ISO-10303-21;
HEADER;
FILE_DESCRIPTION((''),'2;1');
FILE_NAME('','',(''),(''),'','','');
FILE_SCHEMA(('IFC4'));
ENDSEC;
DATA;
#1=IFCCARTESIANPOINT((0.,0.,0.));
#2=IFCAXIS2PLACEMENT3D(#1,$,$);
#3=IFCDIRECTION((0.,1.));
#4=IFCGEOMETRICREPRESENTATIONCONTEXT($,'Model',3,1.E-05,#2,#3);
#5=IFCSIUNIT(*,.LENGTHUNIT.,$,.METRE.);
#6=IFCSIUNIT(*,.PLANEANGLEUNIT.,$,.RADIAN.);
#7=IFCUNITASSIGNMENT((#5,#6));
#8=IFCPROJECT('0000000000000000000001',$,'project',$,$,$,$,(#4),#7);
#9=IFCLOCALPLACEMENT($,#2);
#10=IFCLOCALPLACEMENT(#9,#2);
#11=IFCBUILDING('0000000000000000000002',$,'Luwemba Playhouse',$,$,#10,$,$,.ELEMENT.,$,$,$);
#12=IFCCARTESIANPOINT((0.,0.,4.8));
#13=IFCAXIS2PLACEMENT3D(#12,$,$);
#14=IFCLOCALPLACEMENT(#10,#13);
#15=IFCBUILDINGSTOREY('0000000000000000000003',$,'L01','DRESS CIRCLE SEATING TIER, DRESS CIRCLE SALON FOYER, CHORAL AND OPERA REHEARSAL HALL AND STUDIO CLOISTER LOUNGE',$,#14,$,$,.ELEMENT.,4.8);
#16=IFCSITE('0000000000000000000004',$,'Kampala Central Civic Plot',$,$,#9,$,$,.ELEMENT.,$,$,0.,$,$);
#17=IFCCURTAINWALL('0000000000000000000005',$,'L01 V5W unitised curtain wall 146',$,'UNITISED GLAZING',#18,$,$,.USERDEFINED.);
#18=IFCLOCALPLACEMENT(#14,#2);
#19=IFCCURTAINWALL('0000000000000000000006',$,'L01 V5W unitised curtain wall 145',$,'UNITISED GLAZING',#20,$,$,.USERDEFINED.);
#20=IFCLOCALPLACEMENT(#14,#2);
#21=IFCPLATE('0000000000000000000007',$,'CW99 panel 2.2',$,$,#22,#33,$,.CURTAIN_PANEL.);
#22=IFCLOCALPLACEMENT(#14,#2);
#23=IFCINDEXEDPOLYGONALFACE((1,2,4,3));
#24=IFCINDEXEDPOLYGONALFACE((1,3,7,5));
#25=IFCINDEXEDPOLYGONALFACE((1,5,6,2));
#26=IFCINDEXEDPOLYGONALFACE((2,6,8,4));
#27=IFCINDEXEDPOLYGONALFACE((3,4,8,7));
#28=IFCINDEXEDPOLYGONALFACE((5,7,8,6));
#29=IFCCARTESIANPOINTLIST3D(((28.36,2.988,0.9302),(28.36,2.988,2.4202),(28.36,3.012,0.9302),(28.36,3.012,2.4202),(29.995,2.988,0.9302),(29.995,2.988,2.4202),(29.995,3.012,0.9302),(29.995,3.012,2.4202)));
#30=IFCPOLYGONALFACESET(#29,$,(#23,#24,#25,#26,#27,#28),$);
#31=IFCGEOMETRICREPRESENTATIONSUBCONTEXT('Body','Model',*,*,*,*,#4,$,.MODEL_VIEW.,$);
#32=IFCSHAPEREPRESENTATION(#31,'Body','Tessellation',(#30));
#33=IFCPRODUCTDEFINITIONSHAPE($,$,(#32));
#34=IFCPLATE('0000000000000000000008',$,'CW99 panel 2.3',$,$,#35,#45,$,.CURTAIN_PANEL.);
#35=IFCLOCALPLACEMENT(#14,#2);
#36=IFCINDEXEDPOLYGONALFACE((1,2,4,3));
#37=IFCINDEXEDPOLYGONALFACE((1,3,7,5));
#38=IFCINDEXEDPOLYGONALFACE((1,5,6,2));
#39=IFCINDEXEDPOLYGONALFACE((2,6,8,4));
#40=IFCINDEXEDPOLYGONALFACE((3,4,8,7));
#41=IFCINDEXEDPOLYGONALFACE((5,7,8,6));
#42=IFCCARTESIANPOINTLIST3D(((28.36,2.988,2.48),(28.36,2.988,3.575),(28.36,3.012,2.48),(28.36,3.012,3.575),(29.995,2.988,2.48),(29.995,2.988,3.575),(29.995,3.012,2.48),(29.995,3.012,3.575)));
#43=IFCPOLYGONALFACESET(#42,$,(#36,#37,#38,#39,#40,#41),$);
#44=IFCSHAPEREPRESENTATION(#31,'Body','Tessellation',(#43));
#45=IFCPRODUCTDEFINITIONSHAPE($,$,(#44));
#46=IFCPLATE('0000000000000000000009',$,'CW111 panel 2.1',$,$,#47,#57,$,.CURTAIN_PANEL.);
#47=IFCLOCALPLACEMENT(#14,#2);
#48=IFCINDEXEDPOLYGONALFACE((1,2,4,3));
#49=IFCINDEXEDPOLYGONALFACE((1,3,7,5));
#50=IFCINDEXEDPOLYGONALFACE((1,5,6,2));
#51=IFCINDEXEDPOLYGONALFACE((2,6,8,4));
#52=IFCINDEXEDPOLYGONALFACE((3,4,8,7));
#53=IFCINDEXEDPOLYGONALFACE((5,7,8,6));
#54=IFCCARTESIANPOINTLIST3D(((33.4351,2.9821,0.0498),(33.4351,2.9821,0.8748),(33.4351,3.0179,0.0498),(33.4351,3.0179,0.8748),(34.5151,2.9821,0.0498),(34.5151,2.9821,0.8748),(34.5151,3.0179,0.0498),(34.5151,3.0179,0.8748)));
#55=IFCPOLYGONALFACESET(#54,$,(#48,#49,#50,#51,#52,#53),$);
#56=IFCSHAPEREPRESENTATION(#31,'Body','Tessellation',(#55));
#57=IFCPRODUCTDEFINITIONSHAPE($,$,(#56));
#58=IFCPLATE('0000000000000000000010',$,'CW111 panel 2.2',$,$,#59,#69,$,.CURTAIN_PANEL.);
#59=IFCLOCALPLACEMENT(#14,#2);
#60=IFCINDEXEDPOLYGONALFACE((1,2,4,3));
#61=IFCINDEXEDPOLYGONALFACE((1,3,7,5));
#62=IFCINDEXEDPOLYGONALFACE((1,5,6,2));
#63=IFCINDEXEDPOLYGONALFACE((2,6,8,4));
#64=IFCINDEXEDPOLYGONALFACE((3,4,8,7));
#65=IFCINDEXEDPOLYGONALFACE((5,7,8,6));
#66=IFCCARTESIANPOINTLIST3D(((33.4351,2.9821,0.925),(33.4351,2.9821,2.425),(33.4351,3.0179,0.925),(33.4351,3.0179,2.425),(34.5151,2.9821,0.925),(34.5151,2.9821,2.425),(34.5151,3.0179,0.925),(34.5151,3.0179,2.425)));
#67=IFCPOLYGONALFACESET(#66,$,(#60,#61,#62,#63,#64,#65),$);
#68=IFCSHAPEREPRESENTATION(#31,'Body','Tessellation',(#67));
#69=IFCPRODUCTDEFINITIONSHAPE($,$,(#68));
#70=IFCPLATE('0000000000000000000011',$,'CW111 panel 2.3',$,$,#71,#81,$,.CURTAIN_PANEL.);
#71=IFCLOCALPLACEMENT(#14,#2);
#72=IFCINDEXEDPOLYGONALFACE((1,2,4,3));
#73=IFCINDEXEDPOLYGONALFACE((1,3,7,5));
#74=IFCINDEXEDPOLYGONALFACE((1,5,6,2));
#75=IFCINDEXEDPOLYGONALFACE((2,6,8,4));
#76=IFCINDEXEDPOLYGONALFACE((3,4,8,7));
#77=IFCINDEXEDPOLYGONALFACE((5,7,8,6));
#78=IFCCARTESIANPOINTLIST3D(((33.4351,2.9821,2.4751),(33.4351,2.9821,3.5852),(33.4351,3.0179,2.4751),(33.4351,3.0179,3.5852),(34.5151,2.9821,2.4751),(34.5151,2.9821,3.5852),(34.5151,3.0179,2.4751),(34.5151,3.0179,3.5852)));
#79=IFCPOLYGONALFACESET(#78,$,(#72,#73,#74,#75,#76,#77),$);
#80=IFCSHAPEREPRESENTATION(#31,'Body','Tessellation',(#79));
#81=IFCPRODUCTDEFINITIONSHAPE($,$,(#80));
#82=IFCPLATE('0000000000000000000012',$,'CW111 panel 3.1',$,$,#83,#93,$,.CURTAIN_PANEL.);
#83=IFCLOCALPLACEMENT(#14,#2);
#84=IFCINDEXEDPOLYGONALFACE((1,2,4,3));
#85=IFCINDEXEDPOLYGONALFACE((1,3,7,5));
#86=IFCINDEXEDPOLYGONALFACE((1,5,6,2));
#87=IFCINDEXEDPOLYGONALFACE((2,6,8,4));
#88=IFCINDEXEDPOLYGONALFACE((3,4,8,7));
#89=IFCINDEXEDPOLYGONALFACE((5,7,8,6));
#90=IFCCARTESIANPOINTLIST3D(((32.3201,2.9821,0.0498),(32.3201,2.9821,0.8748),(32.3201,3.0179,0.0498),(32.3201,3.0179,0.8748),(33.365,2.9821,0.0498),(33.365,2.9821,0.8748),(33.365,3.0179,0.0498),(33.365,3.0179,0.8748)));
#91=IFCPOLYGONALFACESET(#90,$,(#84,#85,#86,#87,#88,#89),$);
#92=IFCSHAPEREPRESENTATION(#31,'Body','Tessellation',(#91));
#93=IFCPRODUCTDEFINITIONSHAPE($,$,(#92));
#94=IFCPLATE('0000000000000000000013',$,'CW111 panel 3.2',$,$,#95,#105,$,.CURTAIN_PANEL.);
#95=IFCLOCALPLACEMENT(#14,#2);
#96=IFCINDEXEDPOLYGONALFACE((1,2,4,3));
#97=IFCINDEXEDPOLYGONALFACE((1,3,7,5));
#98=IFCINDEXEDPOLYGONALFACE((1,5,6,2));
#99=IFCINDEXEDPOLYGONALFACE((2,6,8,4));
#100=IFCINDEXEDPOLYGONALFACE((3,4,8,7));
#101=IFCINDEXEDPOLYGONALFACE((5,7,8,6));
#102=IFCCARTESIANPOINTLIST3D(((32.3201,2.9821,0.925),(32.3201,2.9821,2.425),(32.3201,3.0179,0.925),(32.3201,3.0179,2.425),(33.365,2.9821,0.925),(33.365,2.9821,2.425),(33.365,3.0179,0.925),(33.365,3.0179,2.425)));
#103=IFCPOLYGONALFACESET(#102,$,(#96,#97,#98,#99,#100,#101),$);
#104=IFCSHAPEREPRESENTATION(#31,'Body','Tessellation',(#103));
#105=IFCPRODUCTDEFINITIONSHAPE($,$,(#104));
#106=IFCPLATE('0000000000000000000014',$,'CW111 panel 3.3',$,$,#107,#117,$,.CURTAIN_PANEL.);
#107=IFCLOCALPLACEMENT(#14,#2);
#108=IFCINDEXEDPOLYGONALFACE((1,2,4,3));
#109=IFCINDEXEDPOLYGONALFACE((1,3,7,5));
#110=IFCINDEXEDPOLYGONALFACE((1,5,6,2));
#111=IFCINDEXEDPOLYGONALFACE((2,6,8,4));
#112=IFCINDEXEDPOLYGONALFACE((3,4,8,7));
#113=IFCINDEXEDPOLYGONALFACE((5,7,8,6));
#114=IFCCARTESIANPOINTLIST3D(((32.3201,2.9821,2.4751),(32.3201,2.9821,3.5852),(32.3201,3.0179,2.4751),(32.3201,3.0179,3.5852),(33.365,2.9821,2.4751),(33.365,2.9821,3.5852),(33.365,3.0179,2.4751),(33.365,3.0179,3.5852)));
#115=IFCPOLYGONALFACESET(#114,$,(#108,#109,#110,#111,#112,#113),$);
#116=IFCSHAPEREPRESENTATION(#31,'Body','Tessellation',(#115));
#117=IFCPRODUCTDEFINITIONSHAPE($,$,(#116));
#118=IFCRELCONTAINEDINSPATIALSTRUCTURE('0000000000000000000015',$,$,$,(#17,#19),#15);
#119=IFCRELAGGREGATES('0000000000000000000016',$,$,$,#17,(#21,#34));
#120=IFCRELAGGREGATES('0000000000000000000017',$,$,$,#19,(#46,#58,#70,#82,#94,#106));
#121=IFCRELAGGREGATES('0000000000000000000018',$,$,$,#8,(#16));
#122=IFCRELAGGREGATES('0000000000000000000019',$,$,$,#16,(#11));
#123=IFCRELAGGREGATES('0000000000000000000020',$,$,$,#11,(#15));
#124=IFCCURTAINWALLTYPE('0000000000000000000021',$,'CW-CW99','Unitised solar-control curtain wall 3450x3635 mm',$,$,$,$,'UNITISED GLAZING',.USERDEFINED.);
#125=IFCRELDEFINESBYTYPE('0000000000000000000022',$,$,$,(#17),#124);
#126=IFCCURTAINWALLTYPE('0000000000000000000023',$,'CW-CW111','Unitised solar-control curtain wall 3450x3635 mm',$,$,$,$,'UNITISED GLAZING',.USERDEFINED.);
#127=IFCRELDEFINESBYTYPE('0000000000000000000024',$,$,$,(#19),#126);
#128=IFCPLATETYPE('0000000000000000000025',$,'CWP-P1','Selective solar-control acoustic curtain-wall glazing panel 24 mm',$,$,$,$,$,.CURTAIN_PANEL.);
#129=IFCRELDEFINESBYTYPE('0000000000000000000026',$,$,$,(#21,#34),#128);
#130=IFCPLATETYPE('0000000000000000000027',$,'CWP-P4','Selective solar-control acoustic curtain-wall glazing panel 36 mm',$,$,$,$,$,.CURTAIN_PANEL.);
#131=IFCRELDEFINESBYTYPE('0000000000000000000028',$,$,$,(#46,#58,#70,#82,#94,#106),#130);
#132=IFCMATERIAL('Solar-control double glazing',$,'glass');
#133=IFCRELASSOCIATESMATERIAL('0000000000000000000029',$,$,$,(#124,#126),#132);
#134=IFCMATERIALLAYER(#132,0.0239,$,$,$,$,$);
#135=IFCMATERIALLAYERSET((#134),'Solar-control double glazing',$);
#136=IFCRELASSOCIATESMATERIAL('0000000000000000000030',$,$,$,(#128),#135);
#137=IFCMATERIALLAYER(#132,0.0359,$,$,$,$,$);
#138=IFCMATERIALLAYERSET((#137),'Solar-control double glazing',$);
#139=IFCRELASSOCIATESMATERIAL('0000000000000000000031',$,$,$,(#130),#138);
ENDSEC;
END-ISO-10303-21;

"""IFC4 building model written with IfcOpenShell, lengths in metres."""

from ifc_helpers import new_model, si_unit, direction, frame, origin, origin_2d, place, context, subcontext, project, spatial, rectangle, extrude, material, layer, layer_set, type_object, element, aggregate, save


model = new_model("IFC4")

# Units and contexts
model_context = context("Model", 3, precision=1e-05, world=origin(), true_north=direction((0.0, 1.0)))
body_context = subcontext(model_context, "Body", "Model", "MODEL_VIEW")
ifc_project = project(units=[si_unit("LENGTHUNIT", "METRE"), si_unit("PLANEANGLEUNIT", "RADIAN")], contexts=[model_context])

# Site, building, storey
site_placement = place(None, origin())
site = spatial("IfcSite", under=ifc_project, at=site_placement, Name="Kampala Central Civic Plot", CompositionType="ELEMENT", RefElevation=0.0)
building_placement = place(site_placement, origin())
building = spatial("IfcBuilding", under=site, at=building_placement, Name="Luwemba Playhouse", CompositionType="ELEMENT")
storey_placement = place(building_placement, frame((0.0, 0.0, 4.8)))
storey = spatial("IfcBuildingStorey", under=building, at=storey_placement, Name="L01", Description="DRESS CIRCLE SEATING TIER, DRESS CIRCLE SALON FOYER, CHORAL AND OPERA REHEARSAL HALL AND STUDIO CLOISTER LOUNGE", CompositionType="ELEMENT", Elevation=4.8)

# Curtain walls
ifc_material_1 = material(Name="Solar-control double glazing", Category="glass")
curtain_wall_type_1 = type_object("IfcCurtainWallType", Name="CW-CW99", Description="Unitised solar-control curtain wall 3450x3635 mm", ElementType="UNITISED GLAZING", PredefinedType="USERDEFINED", material=ifc_material_1)
curtain_wall_1_placement = place(storey_placement, origin())
curtain_wall_1 = element("IfcCurtainWall", 1, at=curtain_wall_1_placement, inside=storey, type_object=curtain_wall_type_1, Name="L01 V5W unitised curtain wall 146", ObjectType="UNITISED GLAZING", PredefinedType="USERDEFINED")
curtain_wall_type_2 = type_object("IfcCurtainWallType", Name="CW-CW111", Description="Unitised solar-control curtain wall 3450x3635 mm", ElementType="UNITISED GLAZING", PredefinedType="USERDEFINED", material=ifc_material_1)
curtain_wall_2_placement = place(storey_placement, origin())
curtain_wall_2 = element("IfcCurtainWall", 2, at=curtain_wall_2_placement, inside=storey, type_object=curtain_wall_type_2, Name="L01 V5W unitised curtain wall 145", ObjectType="UNITISED GLAZING", PredefinedType="USERDEFINED")

# Plates
ifc_layer_1 = layer(ifc_material_1, 0.0239)
ifc_layer_set_1 = layer_set([ifc_layer_1], Name="Solar-control double glazing")
plate_type_1 = type_object("IfcPlateType", Name="CWP-P1", Description="Selective solar-control acoustic curtain-wall glazing panel 24 mm", PredefinedType="CURTAIN_PANEL", material=ifc_layer_set_1)
plate_1_placement = place(storey_placement, frame((29.1775, 3.0, 0.9302), z_axis=(0.0, 0.0, 1.0), x_axis=(-1.0, 0.0, 0.0)))
plate_1 = element("IfcPlate", 3, at=plate_1_placement, type_object=plate_type_1, Name="CW99 panel 2.2", PredefinedType="CURTAIN_PANEL", context=body_context, shape_type="SweptSolid", body=[
    extrude(rectangle(XDim=1.635, YDim=0.0239, at=origin_2d()), origin(), (0.0, 0.0, 1.0), 1.49),
])
plate_2_placement = place(storey_placement, frame((29.1775, 3.0, 2.48), z_axis=(0.0, 0.0, 1.0), x_axis=(-1.0, 0.0, 0.0)))
plate_2 = element("IfcPlate", 4, at=plate_2_placement, type_object=plate_type_1, Name="CW99 panel 2.3", PredefinedType="CURTAIN_PANEL", context=body_context, shape_type="SweptSolid", body=[
    extrude(rectangle(XDim=1.635, YDim=0.0239, at=origin_2d()), origin(), (0.0, 0.0, 1.0), 1.095),
])
aggregate(curtain_wall_1, [plate_1, plate_2])
ifc_layer_2 = layer(ifc_material_1, 0.0359)
ifc_layer_set_2 = layer_set([ifc_layer_2], Name="Solar-control double glazing")
plate_type_2 = type_object("IfcPlateType", Name="CWP-P4", Description="Selective solar-control acoustic curtain-wall glazing panel 36 mm", PredefinedType="CURTAIN_PANEL", material=ifc_layer_set_2)
plate_3_placement = place(storey_placement, frame((33.9751, 3.0, 0.0498), z_axis=(0.0, 0.0, 1.0), x_axis=(-1.0, 0.0, 0.0)))
plate_3 = element("IfcPlate", 5, at=plate_3_placement, type_object=plate_type_2, Name="CW111 panel 2.1", PredefinedType="CURTAIN_PANEL", context=body_context, shape_type="SweptSolid", body=[
    extrude(rectangle(XDim=1.0801, YDim=0.0359, at=origin_2d()), origin(), (0.0, 0.0, 1.0), 0.825),
])
plate_4_placement = place(storey_placement, frame((33.9751, 3.0, 0.925), z_axis=(0.0, 0.0, 1.0), x_axis=(-1.0, 0.0, 0.0)))
plate_4 = element("IfcPlate", 6, at=plate_4_placement, type_object=plate_type_2, Name="CW111 panel 2.2", PredefinedType="CURTAIN_PANEL", context=body_context, shape_type="SweptSolid", body=[
    extrude(rectangle(XDim=1.0801, YDim=0.0359, at=origin_2d()), origin(), (0.0, 0.0, 1.0), 1.5),
])
plate_5_placement = place(storey_placement, frame((33.9751, 3.0, 2.4751), z_axis=(0.0, 0.0, 1.0), x_axis=(-1.0, 0.0, 0.0)))
plate_5 = element("IfcPlate", 7, at=plate_5_placement, type_object=plate_type_2, Name="CW111 panel 2.3", PredefinedType="CURTAIN_PANEL", context=body_context, shape_type="SweptSolid", body=[
    extrude(rectangle(XDim=1.0801, YDim=0.0359, at=origin_2d()), origin(), (0.0, 0.0, 1.0), 1.1101),
])
plate_6_placement = place(storey_placement, frame((32.8425, 3.0, 0.0498), z_axis=(0.0, 0.0, 1.0), x_axis=(-1.0, 0.0, 0.0)))
plate_6 = element("IfcPlate", 8, at=plate_6_placement, type_object=plate_type_2, Name="CW111 panel 3.1", PredefinedType="CURTAIN_PANEL", context=body_context, shape_type="SweptSolid", body=[
    extrude(rectangle(XDim=1.0449, YDim=0.0359, at=origin_2d()), origin(), (0.0, 0.0, 1.0), 0.825),
])
plate_7_placement = place(storey_placement, frame((32.8425, 3.0, 0.925), z_axis=(0.0, 0.0, 1.0), x_axis=(-1.0, 0.0, 0.0)))
plate_7 = element("IfcPlate", 9, at=plate_7_placement, type_object=plate_type_2, Name="CW111 panel 3.2", PredefinedType="CURTAIN_PANEL", context=body_context, shape_type="SweptSolid", body=[
    extrude(rectangle(XDim=1.0449, YDim=0.0359, at=origin_2d()), origin(), (0.0, 0.0, 1.0), 1.5),
])
plate_8_placement = place(storey_placement, frame((32.8425, 3.0, 2.4751), z_axis=(0.0, 0.0, 1.0), x_axis=(-1.0, 0.0, 0.0)))
plate_8 = element("IfcPlate", 10, at=plate_8_placement, type_object=plate_type_2, Name="CW111 panel 3.3", PredefinedType="CURTAIN_PANEL", context=body_context, shape_type="SweptSolid", body=[
    extrude(rectangle(XDim=1.0449, YDim=0.0359, at=origin_2d()), origin(), (0.0, 0.0, 1.0), 1.1101),
])
aggregate(curtain_wall_2, [plate_3, plate_4, plate_5, plate_6, plate_7, plate_8])

save(model, "model.ifc")
